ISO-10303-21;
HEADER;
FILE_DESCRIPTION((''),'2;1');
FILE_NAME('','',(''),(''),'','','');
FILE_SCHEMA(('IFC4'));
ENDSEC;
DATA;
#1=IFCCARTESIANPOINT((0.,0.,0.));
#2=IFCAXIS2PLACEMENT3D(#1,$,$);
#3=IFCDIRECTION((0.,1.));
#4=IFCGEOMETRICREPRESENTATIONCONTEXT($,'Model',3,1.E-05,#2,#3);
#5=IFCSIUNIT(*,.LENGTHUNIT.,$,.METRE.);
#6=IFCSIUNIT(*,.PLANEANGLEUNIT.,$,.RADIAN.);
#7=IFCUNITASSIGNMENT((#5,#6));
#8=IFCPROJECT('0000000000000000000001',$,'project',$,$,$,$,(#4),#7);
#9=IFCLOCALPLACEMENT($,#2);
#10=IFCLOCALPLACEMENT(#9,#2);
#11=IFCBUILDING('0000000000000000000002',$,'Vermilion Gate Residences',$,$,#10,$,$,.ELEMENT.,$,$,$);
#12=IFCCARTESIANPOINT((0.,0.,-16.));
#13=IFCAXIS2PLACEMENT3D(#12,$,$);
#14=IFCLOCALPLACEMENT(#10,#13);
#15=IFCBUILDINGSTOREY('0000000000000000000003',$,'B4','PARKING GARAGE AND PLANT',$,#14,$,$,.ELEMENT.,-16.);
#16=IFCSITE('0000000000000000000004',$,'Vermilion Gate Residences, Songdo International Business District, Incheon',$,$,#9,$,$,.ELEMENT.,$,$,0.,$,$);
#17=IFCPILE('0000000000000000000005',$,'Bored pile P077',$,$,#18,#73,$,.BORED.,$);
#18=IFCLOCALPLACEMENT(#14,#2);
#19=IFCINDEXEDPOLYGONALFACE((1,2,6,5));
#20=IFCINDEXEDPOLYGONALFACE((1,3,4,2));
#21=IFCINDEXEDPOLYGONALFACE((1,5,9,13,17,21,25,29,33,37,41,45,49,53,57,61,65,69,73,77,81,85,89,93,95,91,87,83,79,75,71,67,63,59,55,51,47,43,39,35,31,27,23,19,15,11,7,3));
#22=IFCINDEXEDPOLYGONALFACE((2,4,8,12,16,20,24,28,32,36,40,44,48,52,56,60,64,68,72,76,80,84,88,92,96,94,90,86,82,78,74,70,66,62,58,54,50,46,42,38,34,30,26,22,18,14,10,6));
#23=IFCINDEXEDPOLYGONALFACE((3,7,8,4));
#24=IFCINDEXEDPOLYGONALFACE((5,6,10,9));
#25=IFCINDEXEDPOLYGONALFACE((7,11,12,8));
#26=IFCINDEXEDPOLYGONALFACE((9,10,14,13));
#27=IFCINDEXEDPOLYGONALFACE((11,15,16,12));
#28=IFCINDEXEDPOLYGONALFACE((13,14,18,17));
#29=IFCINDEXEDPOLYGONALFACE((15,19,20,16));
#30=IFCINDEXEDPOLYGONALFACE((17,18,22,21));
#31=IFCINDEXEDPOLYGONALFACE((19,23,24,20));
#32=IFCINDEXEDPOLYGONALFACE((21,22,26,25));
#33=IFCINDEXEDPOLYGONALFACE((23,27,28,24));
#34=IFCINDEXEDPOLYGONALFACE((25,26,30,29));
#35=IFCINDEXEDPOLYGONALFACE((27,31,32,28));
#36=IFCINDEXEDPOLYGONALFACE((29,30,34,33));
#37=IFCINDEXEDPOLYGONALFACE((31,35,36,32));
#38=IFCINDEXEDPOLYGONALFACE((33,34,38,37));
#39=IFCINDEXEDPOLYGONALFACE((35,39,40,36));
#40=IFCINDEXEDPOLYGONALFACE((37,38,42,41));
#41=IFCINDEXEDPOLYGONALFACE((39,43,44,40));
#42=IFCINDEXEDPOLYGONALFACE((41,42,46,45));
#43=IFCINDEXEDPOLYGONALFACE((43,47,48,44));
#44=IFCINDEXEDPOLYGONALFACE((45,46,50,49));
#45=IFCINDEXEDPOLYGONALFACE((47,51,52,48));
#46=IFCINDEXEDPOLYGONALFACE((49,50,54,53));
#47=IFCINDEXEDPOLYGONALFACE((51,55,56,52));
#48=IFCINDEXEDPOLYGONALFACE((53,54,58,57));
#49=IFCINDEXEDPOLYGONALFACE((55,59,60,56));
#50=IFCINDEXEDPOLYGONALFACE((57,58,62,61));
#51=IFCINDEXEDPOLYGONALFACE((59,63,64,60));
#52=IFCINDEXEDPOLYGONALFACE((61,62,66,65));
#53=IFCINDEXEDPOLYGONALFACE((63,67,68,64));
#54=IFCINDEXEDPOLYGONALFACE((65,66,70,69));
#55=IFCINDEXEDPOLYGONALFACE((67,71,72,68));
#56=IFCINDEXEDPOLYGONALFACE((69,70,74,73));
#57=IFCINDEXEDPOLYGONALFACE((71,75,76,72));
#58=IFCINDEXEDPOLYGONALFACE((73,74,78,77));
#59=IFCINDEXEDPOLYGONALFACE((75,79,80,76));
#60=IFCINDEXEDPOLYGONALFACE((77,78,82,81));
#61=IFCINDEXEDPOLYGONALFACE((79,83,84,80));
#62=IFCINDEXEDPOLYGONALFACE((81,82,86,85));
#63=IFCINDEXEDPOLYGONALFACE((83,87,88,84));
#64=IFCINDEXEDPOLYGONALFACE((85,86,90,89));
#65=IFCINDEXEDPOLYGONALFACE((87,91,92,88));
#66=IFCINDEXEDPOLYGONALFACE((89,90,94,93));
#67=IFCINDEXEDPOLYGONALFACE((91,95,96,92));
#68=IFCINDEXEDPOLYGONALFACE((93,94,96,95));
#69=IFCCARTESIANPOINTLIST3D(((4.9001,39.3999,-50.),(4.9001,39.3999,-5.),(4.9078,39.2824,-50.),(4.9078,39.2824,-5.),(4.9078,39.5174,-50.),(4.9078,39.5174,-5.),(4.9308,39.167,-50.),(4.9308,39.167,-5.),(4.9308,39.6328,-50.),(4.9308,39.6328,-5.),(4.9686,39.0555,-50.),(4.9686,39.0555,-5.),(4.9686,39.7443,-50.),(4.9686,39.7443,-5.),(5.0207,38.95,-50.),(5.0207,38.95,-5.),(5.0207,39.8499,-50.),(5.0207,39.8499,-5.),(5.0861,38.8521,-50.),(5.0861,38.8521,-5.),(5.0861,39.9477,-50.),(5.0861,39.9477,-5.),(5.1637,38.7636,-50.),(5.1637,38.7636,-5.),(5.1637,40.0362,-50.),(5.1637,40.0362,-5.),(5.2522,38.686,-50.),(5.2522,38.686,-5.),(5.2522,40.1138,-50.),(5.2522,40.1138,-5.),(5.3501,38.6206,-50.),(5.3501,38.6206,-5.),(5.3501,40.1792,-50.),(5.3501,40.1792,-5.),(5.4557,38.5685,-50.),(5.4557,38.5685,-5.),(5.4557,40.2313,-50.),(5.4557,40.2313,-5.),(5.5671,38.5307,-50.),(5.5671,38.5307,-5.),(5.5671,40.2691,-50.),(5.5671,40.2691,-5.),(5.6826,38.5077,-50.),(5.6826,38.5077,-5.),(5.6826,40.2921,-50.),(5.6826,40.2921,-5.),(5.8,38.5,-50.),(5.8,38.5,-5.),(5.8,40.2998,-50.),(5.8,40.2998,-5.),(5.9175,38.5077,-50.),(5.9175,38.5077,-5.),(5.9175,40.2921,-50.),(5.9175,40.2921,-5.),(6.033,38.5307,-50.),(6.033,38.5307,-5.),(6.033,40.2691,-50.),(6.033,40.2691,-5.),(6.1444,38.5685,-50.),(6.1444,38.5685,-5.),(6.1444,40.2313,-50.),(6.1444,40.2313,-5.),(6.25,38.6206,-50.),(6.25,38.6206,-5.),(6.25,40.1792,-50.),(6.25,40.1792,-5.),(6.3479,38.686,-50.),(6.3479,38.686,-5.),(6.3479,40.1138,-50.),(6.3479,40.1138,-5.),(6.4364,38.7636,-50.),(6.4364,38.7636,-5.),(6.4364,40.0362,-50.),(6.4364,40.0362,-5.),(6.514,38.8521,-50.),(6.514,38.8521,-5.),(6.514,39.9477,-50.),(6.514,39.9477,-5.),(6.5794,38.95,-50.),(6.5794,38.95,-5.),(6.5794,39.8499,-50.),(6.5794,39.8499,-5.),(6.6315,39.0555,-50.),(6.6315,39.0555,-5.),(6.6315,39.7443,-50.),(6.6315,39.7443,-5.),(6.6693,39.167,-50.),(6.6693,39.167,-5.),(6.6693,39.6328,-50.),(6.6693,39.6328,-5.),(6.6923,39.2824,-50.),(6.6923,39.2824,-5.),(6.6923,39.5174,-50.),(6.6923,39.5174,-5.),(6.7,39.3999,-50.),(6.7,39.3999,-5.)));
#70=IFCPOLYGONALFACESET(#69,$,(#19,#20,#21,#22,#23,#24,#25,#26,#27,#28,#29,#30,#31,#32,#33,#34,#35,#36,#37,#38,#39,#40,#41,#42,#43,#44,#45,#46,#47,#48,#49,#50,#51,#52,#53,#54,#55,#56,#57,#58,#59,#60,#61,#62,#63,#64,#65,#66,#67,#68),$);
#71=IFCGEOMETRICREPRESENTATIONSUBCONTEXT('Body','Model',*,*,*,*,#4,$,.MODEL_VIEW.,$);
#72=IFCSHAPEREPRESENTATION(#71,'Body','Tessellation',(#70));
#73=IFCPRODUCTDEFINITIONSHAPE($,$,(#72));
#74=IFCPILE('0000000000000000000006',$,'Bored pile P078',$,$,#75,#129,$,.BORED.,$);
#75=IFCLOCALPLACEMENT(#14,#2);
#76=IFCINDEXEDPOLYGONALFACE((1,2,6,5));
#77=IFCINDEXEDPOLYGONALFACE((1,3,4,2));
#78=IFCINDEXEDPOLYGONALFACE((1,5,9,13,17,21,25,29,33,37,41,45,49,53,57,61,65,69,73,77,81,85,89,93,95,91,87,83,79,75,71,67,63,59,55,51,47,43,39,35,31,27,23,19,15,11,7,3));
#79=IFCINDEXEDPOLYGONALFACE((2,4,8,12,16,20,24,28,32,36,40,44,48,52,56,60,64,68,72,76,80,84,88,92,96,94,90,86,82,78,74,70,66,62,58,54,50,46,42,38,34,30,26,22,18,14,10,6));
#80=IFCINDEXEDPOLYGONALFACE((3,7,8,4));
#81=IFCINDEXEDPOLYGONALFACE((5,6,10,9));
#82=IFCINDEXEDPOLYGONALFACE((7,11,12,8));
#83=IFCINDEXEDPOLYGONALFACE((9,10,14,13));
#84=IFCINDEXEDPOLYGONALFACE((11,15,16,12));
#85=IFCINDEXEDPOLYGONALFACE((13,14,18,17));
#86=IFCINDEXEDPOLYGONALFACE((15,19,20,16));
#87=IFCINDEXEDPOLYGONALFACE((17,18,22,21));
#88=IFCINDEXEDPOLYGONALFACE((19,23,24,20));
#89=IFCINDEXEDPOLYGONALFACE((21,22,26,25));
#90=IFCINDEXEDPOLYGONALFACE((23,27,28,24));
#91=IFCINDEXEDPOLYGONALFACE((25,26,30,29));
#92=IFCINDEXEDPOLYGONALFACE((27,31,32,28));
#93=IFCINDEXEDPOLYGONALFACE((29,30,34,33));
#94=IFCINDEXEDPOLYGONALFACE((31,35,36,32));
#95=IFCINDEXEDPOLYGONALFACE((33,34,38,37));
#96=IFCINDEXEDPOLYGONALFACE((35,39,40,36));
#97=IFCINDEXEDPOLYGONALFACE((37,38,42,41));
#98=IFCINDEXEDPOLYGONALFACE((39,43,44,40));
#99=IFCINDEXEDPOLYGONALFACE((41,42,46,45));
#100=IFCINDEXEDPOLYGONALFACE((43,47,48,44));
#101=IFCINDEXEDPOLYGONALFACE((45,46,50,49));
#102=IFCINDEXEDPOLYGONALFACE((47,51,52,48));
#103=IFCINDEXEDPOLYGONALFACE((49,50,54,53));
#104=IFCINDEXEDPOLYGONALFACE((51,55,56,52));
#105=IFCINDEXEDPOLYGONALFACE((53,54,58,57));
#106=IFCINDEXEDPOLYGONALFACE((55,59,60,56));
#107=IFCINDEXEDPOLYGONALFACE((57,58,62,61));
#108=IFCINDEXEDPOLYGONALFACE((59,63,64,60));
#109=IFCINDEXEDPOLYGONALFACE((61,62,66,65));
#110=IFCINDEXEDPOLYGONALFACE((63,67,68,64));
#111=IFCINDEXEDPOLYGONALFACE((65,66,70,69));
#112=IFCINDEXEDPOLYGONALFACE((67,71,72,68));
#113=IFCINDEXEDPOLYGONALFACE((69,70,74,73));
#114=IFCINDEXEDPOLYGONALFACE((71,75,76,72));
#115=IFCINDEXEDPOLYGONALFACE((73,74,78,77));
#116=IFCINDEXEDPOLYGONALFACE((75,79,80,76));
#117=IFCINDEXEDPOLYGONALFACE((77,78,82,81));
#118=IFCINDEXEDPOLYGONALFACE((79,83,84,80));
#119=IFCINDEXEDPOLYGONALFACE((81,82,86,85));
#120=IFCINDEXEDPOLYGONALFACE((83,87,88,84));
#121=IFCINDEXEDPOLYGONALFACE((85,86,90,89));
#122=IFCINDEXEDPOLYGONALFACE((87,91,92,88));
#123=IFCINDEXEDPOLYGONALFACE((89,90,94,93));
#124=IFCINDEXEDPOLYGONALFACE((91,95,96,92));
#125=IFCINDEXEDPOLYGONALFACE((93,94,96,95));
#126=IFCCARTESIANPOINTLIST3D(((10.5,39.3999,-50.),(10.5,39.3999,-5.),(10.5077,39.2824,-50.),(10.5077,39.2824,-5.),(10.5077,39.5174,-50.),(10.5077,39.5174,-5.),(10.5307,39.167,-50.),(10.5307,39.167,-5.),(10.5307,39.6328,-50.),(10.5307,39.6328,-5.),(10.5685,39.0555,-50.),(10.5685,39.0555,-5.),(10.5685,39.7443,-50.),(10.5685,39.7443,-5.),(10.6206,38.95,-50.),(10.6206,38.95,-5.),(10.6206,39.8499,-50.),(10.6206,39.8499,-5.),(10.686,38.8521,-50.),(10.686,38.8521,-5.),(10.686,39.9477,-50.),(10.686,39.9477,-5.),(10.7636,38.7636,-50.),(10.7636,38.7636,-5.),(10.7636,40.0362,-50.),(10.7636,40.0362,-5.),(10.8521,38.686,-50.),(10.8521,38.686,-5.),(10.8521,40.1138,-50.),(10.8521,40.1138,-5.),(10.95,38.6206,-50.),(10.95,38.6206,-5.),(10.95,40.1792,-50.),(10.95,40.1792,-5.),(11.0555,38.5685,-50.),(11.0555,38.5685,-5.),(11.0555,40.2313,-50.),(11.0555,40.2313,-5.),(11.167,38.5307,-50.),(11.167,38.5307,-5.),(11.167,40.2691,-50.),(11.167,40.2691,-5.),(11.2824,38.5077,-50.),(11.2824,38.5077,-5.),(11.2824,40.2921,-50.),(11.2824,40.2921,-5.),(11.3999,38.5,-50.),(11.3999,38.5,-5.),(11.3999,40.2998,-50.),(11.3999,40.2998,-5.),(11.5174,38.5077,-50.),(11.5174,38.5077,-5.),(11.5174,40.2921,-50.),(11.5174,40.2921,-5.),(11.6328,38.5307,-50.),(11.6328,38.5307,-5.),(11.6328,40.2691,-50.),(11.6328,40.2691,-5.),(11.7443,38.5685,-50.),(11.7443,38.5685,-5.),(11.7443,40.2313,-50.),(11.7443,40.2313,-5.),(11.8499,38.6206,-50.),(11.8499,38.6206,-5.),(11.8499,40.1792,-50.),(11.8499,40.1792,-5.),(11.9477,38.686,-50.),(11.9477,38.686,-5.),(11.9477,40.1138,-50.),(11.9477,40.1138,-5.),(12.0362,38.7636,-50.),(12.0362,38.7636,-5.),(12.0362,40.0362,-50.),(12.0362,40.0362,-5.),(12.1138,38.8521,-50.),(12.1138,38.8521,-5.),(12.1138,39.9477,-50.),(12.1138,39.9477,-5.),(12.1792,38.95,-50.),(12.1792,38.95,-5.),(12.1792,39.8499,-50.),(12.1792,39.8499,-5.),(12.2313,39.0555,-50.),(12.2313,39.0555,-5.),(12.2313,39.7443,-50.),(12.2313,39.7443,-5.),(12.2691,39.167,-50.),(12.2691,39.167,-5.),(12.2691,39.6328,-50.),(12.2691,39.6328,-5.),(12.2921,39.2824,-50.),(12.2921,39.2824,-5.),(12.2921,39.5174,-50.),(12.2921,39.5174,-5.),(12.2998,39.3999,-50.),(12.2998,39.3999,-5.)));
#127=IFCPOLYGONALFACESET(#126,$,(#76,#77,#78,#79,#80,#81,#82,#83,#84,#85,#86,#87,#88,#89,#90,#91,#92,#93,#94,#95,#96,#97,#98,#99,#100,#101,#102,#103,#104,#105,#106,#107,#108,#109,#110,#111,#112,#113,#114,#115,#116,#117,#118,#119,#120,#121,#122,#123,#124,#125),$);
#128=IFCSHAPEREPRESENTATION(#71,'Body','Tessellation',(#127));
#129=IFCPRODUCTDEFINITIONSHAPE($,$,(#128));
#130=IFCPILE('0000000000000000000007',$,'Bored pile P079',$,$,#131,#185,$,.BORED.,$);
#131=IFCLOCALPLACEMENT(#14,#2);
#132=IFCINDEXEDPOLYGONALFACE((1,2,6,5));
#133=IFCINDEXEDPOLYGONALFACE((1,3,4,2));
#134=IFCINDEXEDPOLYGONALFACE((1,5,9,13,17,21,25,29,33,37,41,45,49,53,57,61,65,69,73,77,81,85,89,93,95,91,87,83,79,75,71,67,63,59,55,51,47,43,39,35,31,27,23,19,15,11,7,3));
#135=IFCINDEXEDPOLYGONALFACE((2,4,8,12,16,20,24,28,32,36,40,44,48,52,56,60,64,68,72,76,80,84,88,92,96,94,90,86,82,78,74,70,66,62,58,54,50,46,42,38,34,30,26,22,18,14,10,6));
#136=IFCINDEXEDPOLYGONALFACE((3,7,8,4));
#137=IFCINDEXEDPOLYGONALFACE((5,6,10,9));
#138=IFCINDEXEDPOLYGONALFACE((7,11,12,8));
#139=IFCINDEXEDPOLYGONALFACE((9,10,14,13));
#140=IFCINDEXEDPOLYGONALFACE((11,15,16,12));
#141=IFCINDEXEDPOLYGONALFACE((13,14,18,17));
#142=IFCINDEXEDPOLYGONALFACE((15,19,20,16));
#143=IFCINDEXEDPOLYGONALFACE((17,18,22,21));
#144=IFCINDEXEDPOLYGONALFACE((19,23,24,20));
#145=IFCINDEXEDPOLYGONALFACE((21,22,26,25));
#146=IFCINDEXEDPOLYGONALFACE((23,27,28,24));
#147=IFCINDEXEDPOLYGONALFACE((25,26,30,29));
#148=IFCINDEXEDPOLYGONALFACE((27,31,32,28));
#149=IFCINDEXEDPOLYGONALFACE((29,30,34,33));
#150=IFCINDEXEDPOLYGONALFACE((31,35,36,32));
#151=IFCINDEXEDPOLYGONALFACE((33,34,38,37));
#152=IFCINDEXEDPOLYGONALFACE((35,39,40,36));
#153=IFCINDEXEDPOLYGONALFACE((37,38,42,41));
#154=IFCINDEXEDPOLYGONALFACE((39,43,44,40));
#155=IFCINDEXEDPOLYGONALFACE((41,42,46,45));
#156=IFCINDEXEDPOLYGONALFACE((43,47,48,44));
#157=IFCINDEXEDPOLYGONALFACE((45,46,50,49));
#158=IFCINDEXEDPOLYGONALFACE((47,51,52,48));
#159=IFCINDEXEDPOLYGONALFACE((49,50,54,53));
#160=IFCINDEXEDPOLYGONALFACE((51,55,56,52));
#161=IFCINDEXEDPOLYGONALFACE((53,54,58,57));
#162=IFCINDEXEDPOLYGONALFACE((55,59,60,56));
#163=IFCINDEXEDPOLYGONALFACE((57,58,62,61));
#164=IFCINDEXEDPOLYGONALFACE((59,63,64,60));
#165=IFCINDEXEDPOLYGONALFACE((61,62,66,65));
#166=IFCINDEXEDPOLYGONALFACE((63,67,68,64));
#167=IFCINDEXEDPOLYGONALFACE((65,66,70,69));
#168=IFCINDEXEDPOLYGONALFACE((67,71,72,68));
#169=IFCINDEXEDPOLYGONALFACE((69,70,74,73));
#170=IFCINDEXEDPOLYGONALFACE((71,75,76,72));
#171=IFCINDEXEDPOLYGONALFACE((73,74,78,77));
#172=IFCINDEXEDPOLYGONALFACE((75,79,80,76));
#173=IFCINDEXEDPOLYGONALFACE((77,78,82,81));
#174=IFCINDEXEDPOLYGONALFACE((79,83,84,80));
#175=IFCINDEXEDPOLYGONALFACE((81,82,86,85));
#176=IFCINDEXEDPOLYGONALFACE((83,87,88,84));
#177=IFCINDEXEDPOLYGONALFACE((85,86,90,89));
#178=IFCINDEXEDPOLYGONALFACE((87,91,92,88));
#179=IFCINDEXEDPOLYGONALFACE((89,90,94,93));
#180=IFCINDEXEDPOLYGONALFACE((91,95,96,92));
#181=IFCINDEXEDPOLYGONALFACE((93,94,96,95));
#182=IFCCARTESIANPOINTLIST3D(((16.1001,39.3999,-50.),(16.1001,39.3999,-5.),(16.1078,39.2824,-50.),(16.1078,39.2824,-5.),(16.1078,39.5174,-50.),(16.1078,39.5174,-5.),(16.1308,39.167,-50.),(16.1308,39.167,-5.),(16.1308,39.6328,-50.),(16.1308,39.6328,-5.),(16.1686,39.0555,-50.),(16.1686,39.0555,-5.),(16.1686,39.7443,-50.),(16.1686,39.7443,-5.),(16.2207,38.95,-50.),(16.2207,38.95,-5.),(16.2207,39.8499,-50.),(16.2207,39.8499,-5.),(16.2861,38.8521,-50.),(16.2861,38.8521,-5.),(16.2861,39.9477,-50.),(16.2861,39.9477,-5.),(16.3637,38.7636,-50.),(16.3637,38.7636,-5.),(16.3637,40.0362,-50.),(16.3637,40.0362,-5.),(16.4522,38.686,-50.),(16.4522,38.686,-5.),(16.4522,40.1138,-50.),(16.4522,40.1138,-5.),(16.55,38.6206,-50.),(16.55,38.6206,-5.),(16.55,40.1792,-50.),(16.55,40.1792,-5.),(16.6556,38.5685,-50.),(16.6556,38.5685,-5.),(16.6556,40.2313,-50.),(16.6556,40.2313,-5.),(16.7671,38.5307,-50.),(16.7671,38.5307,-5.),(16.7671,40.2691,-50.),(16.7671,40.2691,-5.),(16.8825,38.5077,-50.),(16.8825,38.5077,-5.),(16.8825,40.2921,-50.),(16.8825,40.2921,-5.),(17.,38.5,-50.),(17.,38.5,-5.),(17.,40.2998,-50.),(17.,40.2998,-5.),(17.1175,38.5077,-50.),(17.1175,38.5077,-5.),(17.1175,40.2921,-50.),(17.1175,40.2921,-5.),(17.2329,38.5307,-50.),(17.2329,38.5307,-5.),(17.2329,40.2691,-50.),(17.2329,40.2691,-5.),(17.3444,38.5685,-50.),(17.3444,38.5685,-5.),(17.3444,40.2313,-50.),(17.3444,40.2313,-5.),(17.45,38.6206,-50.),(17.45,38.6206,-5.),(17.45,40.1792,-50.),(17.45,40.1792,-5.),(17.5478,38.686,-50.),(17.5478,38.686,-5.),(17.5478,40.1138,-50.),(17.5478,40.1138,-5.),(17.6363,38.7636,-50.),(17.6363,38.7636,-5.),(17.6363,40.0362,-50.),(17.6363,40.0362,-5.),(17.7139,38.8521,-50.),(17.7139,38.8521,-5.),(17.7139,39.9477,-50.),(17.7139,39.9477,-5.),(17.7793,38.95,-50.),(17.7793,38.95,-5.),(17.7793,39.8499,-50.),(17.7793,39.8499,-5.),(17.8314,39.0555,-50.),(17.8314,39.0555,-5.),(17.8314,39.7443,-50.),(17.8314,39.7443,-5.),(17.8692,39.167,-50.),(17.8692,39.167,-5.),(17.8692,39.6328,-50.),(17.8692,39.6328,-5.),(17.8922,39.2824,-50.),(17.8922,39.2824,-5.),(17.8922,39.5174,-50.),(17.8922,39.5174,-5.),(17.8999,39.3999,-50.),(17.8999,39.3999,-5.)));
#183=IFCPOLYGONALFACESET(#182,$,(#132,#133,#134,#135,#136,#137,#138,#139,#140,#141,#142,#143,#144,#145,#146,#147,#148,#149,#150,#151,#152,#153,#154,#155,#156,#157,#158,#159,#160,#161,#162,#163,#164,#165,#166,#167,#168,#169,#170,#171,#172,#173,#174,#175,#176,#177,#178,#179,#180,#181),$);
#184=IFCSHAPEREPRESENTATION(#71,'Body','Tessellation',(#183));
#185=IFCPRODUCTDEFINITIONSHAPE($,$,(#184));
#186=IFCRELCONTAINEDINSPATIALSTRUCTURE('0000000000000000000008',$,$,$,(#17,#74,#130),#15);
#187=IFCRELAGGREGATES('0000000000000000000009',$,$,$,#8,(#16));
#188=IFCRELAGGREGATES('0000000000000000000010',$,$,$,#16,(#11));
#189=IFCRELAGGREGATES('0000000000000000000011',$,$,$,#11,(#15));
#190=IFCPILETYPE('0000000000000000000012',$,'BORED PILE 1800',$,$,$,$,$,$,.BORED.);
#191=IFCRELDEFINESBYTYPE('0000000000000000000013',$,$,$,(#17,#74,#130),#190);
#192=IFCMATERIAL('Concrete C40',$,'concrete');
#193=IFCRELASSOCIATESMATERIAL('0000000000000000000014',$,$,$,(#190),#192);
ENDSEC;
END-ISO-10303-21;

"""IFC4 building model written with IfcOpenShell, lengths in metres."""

from ifc_helpers import new_model, si_unit, direction, frame, origin, origin_2d, place, context, subcontext, project, spatial, circle, extrude, material, material_profile, profile_set, type_object, element, save


model = new_model("IFC4")

# Units and contexts
model_context = context("Model", 3, precision=1e-05, world=origin(), true_north=direction((0.0, 1.0)))
body_context = subcontext(model_context, "Body", "Model", "MODEL_VIEW")
ifc_project = project(units=[si_unit("LENGTHUNIT", "METRE"), si_unit("PLANEANGLEUNIT", "RADIAN")], contexts=[model_context])

# Site, building, storey
site_placement = place(None, origin())
site = spatial("IfcSite", under=ifc_project, at=site_placement, Name="Vermilion Gate Residences, Songdo International Business District, Incheon", CompositionType="ELEMENT", RefElevation=0.0)
building_placement = place(site_placement, origin())
building = spatial("IfcBuilding", under=site, at=building_placement, Name="Vermilion Gate Residences", CompositionType="ELEMENT")
storey_placement = place(building_placement, frame((0.0, 0.0, -16.0)))
storey = spatial("IfcBuildingStorey", under=building, at=storey_placement, Name="B4", Description="PARKING GARAGE AND PLANT", CompositionType="ELEMENT", Elevation=-16.0)

# Piles
ifc_material_1 = material(Name="Concrete C40", Category="concrete")
ifc_material_profile = material_profile(ifc_material_1, circle(Radius=0.8999, at=origin_2d()), Name="BORED PILE 1800")
ifc_profile_set = profile_set([ifc_material_profile], Name="Concrete C40")
pile_type = type_object("IfcPileType", Name="BORED PILE 1800", PredefinedType="BORED", material=ifc_profile_set)
for number, where, z_axis, x_axis, name in (
    (1, (5.8, 39.3999, -5.0), (0.0, 0.0, -1.0), (1.0, 0.0, 0.0), "Bored pile P077"),
    (2, (11.3999, 39.3999, -5.0), (0.0, 0.0, -1.0), (1.0, 0.0, 0.0), "Bored pile P078"),
    (3, (17.0, 39.3999, -5.0), (0.0, 0.0, -1.0), (1.0, 0.0, 0.0), "Bored pile P079"),
):
    element("IfcPile", number, at=place(storey_placement, frame(where, z_axis=z_axis, x_axis=x_axis)), inside=storey, type_object=pile_type, Name=name, PredefinedType="BORED", context=body_context, shape_type="SweptSolid", body=[
        extrude(circle(Radius=0.8999, at=origin_2d()), origin(), (0.0, 0.0, 1.0), 45.0),
    ])

save(model, "model.ifc")
